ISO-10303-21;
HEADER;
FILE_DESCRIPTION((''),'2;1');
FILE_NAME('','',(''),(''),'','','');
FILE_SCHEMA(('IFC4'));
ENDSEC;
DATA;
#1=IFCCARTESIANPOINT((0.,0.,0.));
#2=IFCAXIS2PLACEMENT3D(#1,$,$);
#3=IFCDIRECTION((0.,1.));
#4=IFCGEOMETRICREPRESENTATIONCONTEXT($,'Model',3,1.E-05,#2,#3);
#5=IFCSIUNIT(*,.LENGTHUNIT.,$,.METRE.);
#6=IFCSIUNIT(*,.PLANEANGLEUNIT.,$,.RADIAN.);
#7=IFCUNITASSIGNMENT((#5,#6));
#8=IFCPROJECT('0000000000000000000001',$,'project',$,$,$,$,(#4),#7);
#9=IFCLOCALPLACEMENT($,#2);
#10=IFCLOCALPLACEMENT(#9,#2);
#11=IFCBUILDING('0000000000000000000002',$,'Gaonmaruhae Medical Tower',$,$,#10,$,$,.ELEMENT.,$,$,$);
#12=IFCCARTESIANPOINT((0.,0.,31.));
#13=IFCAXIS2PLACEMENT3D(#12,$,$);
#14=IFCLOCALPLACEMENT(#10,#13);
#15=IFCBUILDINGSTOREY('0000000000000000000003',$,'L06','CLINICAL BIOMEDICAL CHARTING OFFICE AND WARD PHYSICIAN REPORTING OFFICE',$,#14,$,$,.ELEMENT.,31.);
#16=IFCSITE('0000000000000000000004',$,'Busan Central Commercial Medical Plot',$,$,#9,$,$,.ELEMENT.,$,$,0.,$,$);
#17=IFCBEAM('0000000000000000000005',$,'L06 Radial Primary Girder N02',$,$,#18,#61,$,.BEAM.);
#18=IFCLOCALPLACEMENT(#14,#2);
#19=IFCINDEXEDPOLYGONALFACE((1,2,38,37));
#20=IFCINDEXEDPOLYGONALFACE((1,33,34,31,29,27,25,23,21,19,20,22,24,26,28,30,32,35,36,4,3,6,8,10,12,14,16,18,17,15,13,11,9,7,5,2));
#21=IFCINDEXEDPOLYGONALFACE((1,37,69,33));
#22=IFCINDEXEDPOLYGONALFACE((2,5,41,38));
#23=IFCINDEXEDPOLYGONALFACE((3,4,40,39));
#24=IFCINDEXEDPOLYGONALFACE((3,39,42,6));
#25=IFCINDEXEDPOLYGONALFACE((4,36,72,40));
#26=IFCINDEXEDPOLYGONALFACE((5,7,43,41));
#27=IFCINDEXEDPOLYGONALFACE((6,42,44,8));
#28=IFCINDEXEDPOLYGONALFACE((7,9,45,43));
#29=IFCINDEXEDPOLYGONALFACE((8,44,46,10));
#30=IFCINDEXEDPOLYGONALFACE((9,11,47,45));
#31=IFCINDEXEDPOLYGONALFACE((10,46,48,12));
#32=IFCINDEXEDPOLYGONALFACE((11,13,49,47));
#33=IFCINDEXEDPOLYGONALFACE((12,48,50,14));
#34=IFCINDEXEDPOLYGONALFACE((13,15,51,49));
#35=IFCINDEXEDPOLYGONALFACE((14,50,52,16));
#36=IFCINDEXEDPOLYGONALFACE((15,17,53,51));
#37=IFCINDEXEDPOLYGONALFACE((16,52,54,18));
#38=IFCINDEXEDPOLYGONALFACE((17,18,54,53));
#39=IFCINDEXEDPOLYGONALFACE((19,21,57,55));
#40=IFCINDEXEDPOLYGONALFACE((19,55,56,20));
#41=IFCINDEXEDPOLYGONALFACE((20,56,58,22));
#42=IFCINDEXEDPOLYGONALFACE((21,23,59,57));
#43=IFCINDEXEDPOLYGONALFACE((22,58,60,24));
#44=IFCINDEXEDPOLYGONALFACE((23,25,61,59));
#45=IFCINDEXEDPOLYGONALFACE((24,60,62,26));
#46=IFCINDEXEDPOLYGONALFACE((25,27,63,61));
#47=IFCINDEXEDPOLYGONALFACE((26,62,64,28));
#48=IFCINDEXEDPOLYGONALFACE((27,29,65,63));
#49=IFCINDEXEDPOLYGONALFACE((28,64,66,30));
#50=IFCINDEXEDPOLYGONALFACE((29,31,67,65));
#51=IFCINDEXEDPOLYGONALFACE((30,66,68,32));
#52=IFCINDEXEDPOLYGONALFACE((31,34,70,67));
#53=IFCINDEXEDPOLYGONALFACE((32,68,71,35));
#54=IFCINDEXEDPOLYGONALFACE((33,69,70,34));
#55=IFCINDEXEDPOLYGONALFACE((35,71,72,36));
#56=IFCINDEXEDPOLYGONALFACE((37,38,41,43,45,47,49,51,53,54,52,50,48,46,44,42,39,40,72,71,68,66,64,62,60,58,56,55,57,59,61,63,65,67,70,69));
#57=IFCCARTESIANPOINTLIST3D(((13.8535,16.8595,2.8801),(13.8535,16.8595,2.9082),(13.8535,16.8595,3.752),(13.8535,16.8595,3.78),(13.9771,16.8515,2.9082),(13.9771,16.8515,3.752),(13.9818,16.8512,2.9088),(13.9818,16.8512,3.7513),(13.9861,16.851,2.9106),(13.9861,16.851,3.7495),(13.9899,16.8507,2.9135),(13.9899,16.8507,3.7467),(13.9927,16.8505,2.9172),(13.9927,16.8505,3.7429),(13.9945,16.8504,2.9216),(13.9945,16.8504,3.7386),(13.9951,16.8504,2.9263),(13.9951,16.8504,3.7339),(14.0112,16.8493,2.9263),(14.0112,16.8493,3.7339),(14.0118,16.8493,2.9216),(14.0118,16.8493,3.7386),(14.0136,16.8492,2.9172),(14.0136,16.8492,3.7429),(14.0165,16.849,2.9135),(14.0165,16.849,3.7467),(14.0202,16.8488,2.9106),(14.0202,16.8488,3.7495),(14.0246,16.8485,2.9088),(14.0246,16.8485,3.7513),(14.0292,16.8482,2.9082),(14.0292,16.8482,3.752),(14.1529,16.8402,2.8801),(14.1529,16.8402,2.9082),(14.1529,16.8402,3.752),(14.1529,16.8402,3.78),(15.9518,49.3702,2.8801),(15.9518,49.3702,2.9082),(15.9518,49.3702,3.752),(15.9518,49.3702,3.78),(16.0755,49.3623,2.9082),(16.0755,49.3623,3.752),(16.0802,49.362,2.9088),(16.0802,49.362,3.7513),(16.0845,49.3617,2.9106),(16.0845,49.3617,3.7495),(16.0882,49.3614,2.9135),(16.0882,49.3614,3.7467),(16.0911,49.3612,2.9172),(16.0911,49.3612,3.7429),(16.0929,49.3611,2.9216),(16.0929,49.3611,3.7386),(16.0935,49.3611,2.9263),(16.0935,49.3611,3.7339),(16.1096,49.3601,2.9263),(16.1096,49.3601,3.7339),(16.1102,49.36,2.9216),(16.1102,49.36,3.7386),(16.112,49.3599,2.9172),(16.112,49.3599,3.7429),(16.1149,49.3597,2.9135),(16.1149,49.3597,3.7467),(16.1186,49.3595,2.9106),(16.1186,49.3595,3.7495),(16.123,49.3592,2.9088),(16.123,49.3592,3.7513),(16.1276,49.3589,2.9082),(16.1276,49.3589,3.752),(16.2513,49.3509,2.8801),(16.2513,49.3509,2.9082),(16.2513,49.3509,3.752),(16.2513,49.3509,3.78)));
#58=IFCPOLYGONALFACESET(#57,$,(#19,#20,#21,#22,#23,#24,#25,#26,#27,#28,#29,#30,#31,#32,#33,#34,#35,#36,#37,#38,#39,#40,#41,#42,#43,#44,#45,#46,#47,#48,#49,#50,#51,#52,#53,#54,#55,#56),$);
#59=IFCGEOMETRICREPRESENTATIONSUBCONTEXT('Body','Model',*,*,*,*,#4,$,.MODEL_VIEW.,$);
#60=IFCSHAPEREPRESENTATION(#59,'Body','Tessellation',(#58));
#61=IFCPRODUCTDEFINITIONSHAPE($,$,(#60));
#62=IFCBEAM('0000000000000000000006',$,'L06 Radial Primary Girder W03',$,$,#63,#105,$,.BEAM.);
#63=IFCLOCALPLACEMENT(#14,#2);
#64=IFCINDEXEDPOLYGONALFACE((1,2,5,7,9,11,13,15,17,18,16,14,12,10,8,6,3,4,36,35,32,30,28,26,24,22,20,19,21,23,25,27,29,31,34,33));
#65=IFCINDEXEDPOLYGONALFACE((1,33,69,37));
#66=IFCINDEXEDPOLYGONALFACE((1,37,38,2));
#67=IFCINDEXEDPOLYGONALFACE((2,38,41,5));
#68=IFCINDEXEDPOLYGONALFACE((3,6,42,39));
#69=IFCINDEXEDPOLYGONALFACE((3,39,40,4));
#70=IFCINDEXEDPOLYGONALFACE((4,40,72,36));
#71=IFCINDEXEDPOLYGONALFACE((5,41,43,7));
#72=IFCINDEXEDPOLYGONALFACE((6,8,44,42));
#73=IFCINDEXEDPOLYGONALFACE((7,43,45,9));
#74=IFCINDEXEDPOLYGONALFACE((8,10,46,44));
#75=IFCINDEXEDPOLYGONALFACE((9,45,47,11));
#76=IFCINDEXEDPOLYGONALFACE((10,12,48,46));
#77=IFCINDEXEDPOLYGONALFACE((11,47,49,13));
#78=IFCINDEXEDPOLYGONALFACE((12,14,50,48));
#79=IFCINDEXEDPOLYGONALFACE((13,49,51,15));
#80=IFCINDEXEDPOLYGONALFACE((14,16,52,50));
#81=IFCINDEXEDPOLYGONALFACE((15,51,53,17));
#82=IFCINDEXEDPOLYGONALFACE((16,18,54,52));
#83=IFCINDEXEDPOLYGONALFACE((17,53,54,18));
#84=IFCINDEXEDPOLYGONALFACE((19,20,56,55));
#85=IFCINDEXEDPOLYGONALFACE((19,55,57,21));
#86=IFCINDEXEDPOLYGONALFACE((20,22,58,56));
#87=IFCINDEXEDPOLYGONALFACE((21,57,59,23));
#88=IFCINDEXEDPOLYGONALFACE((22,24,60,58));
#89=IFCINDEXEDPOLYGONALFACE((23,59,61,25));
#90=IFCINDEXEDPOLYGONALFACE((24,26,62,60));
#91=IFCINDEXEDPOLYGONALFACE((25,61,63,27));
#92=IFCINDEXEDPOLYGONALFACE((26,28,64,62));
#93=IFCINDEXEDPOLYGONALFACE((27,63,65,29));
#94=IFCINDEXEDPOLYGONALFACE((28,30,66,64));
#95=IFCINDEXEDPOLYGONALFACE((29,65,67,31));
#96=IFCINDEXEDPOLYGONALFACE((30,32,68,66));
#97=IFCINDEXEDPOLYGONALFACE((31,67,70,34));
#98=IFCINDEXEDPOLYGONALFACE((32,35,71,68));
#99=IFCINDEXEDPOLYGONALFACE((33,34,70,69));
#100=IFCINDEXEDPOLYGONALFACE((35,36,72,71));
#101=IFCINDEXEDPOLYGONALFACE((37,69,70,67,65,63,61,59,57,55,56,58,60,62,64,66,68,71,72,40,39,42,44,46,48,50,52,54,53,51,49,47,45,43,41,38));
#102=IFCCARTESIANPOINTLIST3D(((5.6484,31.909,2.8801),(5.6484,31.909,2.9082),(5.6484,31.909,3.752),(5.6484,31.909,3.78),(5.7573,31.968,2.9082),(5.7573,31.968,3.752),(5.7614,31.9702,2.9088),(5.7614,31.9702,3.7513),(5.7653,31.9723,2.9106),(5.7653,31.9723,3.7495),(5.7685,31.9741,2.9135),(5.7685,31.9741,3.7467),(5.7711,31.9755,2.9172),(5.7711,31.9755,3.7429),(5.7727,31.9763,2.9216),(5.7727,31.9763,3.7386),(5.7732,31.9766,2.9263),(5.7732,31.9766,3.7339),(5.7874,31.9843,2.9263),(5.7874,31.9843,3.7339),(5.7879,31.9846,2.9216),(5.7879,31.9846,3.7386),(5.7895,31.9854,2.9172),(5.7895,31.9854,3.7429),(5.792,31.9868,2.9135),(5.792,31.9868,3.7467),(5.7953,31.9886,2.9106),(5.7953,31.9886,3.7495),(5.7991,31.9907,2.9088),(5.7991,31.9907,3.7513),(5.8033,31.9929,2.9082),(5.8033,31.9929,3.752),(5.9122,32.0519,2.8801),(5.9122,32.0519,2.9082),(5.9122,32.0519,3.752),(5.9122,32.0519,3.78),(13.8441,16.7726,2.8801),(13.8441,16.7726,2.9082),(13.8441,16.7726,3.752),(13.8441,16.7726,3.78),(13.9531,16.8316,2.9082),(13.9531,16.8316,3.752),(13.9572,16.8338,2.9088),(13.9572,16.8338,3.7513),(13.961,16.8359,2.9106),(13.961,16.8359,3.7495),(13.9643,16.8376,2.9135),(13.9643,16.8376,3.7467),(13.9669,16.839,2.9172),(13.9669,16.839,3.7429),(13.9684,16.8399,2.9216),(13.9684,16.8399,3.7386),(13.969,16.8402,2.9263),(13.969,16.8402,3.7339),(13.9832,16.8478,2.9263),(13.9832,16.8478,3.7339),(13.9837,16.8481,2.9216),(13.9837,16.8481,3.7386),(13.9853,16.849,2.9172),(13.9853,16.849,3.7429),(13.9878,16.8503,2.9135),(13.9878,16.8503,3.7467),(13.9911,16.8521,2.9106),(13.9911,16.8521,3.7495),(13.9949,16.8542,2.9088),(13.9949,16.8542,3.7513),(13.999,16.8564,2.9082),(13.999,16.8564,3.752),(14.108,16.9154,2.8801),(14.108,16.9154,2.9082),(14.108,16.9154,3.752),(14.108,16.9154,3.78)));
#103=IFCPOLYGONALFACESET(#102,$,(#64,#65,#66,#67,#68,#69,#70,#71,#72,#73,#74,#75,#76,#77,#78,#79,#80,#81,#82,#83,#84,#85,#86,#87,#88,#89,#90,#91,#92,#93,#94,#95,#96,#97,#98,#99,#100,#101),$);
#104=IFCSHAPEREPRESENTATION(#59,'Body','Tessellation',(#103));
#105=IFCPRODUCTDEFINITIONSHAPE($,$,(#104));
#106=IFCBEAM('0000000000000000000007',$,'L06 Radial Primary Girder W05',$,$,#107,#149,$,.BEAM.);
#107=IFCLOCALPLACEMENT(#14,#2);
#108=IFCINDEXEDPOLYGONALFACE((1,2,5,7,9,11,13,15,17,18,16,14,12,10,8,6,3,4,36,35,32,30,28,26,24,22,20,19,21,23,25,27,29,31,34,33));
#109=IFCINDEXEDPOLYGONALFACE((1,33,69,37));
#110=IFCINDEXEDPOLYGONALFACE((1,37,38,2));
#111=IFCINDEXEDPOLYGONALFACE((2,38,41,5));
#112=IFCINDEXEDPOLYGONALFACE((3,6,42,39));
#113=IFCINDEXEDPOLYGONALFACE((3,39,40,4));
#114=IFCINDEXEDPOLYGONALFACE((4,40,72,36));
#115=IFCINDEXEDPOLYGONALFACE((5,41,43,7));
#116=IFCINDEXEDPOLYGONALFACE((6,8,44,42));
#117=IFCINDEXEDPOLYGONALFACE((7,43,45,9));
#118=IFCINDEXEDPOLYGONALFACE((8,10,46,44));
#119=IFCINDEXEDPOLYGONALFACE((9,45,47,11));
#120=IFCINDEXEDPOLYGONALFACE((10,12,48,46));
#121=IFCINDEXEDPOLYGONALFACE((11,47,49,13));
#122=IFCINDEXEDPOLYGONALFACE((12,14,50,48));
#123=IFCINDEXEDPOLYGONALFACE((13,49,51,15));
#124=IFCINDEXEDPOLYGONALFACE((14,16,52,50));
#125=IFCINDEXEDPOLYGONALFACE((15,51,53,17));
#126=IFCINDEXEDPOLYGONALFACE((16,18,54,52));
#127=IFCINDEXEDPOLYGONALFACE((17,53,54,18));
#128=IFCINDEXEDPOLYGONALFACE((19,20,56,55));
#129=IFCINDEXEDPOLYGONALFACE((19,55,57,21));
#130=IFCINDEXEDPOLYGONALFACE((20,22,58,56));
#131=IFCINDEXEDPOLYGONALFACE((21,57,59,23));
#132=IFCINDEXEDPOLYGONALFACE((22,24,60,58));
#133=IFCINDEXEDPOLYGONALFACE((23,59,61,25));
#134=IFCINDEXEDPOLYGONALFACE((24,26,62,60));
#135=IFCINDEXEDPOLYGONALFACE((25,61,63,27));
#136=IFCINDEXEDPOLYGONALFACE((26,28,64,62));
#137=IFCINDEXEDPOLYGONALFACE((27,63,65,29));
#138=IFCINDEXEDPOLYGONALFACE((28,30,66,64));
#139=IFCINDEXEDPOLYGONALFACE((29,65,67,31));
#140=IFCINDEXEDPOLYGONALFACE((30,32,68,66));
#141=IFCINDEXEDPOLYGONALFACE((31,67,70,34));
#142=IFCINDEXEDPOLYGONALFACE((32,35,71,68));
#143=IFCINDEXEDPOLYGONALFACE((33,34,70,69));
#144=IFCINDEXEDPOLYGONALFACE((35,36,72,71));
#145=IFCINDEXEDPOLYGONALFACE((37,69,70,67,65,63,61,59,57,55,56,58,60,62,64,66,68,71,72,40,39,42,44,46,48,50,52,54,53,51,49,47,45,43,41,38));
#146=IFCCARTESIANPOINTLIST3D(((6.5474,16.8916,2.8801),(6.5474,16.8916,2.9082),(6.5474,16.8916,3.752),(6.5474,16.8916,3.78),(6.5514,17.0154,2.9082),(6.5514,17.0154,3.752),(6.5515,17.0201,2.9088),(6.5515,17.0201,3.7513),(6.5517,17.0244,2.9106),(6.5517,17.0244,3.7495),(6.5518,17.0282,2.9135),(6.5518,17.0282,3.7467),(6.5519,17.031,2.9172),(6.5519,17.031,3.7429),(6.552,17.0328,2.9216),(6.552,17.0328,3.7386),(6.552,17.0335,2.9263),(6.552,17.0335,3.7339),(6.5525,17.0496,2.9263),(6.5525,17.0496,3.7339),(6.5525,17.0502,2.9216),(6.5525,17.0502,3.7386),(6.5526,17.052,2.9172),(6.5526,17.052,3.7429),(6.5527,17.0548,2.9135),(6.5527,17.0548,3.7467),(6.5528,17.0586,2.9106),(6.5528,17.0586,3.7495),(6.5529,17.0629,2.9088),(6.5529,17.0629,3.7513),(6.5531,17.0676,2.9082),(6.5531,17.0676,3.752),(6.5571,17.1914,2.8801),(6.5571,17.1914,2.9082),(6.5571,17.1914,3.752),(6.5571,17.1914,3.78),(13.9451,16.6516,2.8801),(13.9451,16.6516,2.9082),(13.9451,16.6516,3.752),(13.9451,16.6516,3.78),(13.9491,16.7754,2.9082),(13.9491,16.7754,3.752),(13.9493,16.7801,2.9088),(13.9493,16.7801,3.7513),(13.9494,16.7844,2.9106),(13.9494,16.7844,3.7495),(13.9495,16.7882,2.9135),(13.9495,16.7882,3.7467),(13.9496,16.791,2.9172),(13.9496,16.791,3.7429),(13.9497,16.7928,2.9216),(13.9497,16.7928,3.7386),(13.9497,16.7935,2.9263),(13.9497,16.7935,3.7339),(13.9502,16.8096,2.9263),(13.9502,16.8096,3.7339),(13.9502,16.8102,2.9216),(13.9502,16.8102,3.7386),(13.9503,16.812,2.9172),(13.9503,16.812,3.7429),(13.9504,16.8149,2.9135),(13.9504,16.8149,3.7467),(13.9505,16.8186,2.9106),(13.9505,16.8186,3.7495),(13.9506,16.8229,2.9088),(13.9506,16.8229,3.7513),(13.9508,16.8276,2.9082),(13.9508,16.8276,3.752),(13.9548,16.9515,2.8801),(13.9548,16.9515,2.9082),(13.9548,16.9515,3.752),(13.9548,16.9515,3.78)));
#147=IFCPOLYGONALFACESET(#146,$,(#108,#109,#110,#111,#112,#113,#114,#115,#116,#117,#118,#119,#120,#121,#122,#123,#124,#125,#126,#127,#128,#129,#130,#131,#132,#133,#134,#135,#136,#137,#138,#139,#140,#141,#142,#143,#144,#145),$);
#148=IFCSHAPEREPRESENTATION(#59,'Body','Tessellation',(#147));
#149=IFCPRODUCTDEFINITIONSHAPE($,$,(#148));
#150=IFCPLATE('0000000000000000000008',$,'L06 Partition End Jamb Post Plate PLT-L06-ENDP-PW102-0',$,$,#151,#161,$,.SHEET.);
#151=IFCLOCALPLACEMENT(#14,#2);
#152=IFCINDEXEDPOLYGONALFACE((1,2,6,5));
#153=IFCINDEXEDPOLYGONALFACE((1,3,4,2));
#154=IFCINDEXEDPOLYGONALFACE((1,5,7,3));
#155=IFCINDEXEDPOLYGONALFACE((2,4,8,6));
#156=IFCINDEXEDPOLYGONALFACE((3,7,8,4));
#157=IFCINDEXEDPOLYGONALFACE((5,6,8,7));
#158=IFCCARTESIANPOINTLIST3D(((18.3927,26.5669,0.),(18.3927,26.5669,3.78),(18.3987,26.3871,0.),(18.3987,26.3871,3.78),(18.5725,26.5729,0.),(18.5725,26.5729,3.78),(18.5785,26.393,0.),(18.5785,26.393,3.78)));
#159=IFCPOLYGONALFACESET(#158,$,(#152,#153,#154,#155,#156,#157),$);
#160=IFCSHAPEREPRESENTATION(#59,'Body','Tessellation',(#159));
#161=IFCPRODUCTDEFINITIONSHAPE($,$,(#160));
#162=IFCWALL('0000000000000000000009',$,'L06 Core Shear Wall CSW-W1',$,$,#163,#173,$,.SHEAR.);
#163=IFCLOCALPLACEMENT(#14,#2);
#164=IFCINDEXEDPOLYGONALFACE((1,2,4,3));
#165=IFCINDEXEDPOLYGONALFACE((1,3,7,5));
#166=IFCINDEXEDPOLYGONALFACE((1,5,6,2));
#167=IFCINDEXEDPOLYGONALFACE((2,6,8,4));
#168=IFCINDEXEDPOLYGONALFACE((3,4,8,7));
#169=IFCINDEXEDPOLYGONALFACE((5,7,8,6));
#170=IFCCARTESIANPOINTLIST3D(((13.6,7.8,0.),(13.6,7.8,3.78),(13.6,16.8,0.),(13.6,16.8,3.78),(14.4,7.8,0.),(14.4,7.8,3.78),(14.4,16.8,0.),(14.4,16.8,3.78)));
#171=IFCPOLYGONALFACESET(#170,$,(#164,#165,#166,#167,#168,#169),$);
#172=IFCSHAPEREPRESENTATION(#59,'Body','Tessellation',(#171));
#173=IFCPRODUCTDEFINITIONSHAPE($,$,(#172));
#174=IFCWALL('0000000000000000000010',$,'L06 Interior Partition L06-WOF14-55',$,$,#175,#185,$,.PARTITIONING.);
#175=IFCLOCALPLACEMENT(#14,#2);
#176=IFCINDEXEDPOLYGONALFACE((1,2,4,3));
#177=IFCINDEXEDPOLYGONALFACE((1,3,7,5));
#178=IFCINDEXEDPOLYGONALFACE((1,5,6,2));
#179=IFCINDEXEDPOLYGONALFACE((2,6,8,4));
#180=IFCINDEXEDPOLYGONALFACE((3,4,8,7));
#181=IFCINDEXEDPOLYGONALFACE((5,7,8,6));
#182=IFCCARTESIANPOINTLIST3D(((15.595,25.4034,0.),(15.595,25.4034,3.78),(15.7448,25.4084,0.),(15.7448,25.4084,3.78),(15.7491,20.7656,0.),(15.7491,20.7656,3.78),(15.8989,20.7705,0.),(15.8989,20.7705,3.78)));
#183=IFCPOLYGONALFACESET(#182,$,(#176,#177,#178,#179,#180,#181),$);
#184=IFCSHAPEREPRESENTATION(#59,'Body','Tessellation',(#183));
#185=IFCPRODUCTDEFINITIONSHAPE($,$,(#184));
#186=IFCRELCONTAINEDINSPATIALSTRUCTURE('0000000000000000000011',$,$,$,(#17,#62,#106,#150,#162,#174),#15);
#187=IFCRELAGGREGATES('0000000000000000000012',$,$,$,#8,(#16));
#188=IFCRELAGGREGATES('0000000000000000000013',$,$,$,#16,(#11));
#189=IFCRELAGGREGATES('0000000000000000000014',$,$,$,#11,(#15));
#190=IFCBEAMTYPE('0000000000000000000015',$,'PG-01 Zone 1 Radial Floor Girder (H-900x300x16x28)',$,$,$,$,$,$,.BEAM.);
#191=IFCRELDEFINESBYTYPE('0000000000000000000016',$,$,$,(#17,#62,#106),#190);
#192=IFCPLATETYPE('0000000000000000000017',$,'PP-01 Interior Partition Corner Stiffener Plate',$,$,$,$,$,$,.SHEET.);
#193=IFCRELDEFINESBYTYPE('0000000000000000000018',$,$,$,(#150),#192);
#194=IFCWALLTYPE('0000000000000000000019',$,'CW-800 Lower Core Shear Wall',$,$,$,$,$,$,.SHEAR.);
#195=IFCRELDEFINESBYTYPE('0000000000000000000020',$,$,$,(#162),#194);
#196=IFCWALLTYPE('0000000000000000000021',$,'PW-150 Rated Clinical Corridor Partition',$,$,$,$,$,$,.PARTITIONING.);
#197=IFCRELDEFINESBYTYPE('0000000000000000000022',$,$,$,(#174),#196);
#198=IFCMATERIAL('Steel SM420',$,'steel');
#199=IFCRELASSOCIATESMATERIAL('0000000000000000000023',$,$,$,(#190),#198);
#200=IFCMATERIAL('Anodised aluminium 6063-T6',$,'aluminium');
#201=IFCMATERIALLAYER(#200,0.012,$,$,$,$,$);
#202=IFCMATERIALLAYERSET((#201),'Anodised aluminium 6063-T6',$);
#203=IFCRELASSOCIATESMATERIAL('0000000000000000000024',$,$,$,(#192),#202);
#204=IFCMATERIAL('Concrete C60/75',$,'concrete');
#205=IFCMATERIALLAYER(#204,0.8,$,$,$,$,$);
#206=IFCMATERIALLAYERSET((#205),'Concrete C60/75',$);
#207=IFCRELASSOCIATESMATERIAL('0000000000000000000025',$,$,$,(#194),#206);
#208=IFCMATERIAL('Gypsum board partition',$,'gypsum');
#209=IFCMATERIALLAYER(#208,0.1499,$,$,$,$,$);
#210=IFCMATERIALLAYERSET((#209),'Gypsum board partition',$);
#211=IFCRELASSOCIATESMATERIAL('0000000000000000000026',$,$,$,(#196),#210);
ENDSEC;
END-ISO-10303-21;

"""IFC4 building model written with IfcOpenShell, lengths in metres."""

from ifc_helpers import new_model, si_unit, direction, frame, frame_2d, origin, origin_2d, place, context, subcontext, project, spatial, rectangle, i_section, extrude, material, layer, layer_set, material_profile, profile_set, type_object, element, save


model = new_model("IFC4")

# Units and contexts
model_context = context("Model", 3, precision=1e-05, world=origin(), true_north=direction((0.0, 1.0)))
body_context = subcontext(model_context, "Body", "Model", "MODEL_VIEW")
ifc_project = project(units=[si_unit("LENGTHUNIT", "METRE"), si_unit("PLANEANGLEUNIT", "RADIAN")], contexts=[model_context])

# Site, building, storey
site_placement = place(None, origin())
site = spatial("IfcSite", under=ifc_project, at=site_placement, Name="Busan Central Commercial Medical Plot", CompositionType="ELEMENT", RefElevation=0.0)
building_placement = place(site_placement, origin())
building = spatial("IfcBuilding", under=site, at=building_placement, Name="Gaonmaruhae Medical Tower", CompositionType="ELEMENT")
storey_placement = place(building_placement, frame((0.0, 0.0, 31.0)))
storey = spatial("IfcBuildingStorey", under=building, at=storey_placement, Name="L06", Description="CLINICAL BIOMEDICAL CHARTING OFFICE AND WARD PHYSICIAN REPORTING OFFICE", CompositionType="ELEMENT", Elevation=31.0)

# Shared definitions
ifc_material_1 = material(Name="Concrete C60/75", Category="concrete")

# Beams
ifc_material_2 = material(Name="Steel SM420", Category="steel")
ifc_material_profile_1 = material_profile(ifc_material_2, i_section(OverallWidth=0.3, OverallDepth=0.8999, WebThickness=0.0161, FlangeThickness=0.0281, FilletRadius=0.0181, at=origin_2d()), Name="H-900x300x16x28")
ifc_profile_set_1 = profile_set([ifc_material_profile_1], Name="Steel SM420")
beam_type_1 = type_object("IfcBeamType", Name="PG-01 Zone 1 Radial Floor Girder (H-900x300x16x28)", PredefinedType="BEAM", material=ifc_profile_set_1)
beam_1_placement = place(storey_placement, frame((14.0032, 16.8499, 3.3301), z_axis=(0.06441, 0.997923, 0.0), x_axis=(-0.997923, 0.06441, 0.0)))
element("IfcBeam", 1, at=beam_1_placement, inside=storey, type_object=beam_type_1, Name="L06 Radial Primary Girder N02", PredefinedType="BEAM", context=body_context, shape_type="SweptSolid", body=[
    extrude(i_section(OverallWidth=0.3, OverallDepth=0.8999, WebThickness=0.0161, FlangeThickness=0.0281, FilletRadius=0.0181, at=origin_2d()), origin(), (0.0, 0.0, 1.0), 32.5784),
])
beam_2_placement = place(storey_placement, frame((13.9761, 16.844, 3.3301), z_axis=(-0.476143, 0.879368, 0.0), x_axis=(-0.879368, -0.476143, 0.0)))
element("IfcBeam", 2, at=beam_2_placement, inside=storey, type_object=beam_type_1, Name="L06 Radial Primary Girder W03", PredefinedType="BEAM", context=body_context, shape_type="SweptSolid", body=[
    extrude(i_section(OverallWidth=0.3, OverallDepth=0.8999, WebThickness=0.0161, FlangeThickness=0.0281, FilletRadius=0.0181, at=origin_2d()), origin(), (0.0, 0.0, 1.0), 17.2129),
])
beam_3_placement = place(storey_placement, frame((13.95, 16.8015, 3.3301), z_axis=(-0.999474, 0.032424, 0.0), x_axis=(-0.032424, -0.999474, 0.0)))
element("IfcBeam", 3, at=beam_3_placement, inside=storey, type_object=beam_type_1, Name="L06 Radial Primary Girder W05", PredefinedType="BEAM", context=body_context, shape_type="SweptSolid", body=[
    extrude(i_section(OverallWidth=0.3, OverallDepth=0.8999, WebThickness=0.0161, FlangeThickness=0.0281, FilletRadius=0.0181, at=origin_2d()), origin(), (0.0, 0.0, 1.0), 7.4016),
])

# Plate
ifc_material_3 = material(Name="Anodised aluminium 6063-T6", Category="aluminium")
ifc_layer_1 = layer(ifc_material_3, 0.012)
ifc_layer_set_1 = layer_set([ifc_layer_1], Name="Anodised aluminium 6063-T6")
plate_type = type_object("IfcPlateType", Name="PP-01 Interior Partition Corner Stiffener Plate", PredefinedType="SHEET", material=ifc_layer_set_1)
plate_placement = place(storey_placement, frame((18.4856, 26.48, 0.0), z_axis=(0.0, 0.0, 1.0), x_axis=(-0.033138, 0.999451, 0.0)))
element("IfcPlate", 4, at=plate_placement, inside=storey, type_object=plate_type, Name="L06 Partition End Jamb Post Plate PLT-L06-ENDP-PW102-0", PredefinedType="SHEET", context=body_context, shape_type="SweptSolid", body=[
    extrude(rectangle(XDim=0.1799, YDim=0.1799, at=origin_2d()), origin(), (0.0, 0.0, 1.0), 3.78),
])

# Walls
ifc_layer_2 = layer(ifc_material_1, 0.8)
ifc_layer_set_2 = layer_set([ifc_layer_2], Name="Concrete C60/75")
wall_type_1 = type_object("IfcWallType", Name="CW-800 Lower Core Shear Wall", PredefinedType="SHEAR", material=ifc_layer_set_2)
wall_1_placement = place(storey_placement, frame((14.0, 16.8, 0.0), z_axis=(0.0, 0.0, 1.0), x_axis=(0.0, -1.0, 0.0)))
element("IfcWall", 5, at=wall_1_placement, inside=storey, type_object=wall_type_1, Name="L06 Core Shear Wall CSW-W1", PredefinedType="SHEAR", context=body_context, shape_type="SweptSolid", body=[
    extrude(rectangle(XDim=9.0, YDim=0.8, at=frame_2d((4.5, 0.0))), origin(), (0.0, 0.0, 1.0), 3.78),
])
ifc_material_4 = material(Name="Gypsum board partition", Category="gypsum")
ifc_layer_3 = layer(ifc_material_4, 0.1499)
ifc_layer_set_3 = layer_set([ifc_layer_3], Name="Gypsum board partition")
wall_type_2 = type_object("IfcWallType", Name="PW-150 Rated Clinical Corridor Partition", PredefinedType="PARTITIONING", material=ifc_layer_set_3)
wall_2_placement = place(storey_placement, frame((15.6699, 25.406, 0.0), z_axis=(0.0, 0.0, 1.0), x_axis=(0.033197, -0.999449, 0.0)))
element("IfcWall", 6, at=wall_2_placement, inside=storey, type_object=wall_type_2, Name="L06 Interior Partition L06-WOF14-55", PredefinedType="PARTITIONING", context=body_context, shape_type="SweptSolid", body=[
    extrude(rectangle(XDim=4.6404, YDim=0.1499, at=frame_2d((2.3203, 0.0))), origin(), (0.0, 0.0, 1.0), 3.78),
])

save(model, "model.ifc")
